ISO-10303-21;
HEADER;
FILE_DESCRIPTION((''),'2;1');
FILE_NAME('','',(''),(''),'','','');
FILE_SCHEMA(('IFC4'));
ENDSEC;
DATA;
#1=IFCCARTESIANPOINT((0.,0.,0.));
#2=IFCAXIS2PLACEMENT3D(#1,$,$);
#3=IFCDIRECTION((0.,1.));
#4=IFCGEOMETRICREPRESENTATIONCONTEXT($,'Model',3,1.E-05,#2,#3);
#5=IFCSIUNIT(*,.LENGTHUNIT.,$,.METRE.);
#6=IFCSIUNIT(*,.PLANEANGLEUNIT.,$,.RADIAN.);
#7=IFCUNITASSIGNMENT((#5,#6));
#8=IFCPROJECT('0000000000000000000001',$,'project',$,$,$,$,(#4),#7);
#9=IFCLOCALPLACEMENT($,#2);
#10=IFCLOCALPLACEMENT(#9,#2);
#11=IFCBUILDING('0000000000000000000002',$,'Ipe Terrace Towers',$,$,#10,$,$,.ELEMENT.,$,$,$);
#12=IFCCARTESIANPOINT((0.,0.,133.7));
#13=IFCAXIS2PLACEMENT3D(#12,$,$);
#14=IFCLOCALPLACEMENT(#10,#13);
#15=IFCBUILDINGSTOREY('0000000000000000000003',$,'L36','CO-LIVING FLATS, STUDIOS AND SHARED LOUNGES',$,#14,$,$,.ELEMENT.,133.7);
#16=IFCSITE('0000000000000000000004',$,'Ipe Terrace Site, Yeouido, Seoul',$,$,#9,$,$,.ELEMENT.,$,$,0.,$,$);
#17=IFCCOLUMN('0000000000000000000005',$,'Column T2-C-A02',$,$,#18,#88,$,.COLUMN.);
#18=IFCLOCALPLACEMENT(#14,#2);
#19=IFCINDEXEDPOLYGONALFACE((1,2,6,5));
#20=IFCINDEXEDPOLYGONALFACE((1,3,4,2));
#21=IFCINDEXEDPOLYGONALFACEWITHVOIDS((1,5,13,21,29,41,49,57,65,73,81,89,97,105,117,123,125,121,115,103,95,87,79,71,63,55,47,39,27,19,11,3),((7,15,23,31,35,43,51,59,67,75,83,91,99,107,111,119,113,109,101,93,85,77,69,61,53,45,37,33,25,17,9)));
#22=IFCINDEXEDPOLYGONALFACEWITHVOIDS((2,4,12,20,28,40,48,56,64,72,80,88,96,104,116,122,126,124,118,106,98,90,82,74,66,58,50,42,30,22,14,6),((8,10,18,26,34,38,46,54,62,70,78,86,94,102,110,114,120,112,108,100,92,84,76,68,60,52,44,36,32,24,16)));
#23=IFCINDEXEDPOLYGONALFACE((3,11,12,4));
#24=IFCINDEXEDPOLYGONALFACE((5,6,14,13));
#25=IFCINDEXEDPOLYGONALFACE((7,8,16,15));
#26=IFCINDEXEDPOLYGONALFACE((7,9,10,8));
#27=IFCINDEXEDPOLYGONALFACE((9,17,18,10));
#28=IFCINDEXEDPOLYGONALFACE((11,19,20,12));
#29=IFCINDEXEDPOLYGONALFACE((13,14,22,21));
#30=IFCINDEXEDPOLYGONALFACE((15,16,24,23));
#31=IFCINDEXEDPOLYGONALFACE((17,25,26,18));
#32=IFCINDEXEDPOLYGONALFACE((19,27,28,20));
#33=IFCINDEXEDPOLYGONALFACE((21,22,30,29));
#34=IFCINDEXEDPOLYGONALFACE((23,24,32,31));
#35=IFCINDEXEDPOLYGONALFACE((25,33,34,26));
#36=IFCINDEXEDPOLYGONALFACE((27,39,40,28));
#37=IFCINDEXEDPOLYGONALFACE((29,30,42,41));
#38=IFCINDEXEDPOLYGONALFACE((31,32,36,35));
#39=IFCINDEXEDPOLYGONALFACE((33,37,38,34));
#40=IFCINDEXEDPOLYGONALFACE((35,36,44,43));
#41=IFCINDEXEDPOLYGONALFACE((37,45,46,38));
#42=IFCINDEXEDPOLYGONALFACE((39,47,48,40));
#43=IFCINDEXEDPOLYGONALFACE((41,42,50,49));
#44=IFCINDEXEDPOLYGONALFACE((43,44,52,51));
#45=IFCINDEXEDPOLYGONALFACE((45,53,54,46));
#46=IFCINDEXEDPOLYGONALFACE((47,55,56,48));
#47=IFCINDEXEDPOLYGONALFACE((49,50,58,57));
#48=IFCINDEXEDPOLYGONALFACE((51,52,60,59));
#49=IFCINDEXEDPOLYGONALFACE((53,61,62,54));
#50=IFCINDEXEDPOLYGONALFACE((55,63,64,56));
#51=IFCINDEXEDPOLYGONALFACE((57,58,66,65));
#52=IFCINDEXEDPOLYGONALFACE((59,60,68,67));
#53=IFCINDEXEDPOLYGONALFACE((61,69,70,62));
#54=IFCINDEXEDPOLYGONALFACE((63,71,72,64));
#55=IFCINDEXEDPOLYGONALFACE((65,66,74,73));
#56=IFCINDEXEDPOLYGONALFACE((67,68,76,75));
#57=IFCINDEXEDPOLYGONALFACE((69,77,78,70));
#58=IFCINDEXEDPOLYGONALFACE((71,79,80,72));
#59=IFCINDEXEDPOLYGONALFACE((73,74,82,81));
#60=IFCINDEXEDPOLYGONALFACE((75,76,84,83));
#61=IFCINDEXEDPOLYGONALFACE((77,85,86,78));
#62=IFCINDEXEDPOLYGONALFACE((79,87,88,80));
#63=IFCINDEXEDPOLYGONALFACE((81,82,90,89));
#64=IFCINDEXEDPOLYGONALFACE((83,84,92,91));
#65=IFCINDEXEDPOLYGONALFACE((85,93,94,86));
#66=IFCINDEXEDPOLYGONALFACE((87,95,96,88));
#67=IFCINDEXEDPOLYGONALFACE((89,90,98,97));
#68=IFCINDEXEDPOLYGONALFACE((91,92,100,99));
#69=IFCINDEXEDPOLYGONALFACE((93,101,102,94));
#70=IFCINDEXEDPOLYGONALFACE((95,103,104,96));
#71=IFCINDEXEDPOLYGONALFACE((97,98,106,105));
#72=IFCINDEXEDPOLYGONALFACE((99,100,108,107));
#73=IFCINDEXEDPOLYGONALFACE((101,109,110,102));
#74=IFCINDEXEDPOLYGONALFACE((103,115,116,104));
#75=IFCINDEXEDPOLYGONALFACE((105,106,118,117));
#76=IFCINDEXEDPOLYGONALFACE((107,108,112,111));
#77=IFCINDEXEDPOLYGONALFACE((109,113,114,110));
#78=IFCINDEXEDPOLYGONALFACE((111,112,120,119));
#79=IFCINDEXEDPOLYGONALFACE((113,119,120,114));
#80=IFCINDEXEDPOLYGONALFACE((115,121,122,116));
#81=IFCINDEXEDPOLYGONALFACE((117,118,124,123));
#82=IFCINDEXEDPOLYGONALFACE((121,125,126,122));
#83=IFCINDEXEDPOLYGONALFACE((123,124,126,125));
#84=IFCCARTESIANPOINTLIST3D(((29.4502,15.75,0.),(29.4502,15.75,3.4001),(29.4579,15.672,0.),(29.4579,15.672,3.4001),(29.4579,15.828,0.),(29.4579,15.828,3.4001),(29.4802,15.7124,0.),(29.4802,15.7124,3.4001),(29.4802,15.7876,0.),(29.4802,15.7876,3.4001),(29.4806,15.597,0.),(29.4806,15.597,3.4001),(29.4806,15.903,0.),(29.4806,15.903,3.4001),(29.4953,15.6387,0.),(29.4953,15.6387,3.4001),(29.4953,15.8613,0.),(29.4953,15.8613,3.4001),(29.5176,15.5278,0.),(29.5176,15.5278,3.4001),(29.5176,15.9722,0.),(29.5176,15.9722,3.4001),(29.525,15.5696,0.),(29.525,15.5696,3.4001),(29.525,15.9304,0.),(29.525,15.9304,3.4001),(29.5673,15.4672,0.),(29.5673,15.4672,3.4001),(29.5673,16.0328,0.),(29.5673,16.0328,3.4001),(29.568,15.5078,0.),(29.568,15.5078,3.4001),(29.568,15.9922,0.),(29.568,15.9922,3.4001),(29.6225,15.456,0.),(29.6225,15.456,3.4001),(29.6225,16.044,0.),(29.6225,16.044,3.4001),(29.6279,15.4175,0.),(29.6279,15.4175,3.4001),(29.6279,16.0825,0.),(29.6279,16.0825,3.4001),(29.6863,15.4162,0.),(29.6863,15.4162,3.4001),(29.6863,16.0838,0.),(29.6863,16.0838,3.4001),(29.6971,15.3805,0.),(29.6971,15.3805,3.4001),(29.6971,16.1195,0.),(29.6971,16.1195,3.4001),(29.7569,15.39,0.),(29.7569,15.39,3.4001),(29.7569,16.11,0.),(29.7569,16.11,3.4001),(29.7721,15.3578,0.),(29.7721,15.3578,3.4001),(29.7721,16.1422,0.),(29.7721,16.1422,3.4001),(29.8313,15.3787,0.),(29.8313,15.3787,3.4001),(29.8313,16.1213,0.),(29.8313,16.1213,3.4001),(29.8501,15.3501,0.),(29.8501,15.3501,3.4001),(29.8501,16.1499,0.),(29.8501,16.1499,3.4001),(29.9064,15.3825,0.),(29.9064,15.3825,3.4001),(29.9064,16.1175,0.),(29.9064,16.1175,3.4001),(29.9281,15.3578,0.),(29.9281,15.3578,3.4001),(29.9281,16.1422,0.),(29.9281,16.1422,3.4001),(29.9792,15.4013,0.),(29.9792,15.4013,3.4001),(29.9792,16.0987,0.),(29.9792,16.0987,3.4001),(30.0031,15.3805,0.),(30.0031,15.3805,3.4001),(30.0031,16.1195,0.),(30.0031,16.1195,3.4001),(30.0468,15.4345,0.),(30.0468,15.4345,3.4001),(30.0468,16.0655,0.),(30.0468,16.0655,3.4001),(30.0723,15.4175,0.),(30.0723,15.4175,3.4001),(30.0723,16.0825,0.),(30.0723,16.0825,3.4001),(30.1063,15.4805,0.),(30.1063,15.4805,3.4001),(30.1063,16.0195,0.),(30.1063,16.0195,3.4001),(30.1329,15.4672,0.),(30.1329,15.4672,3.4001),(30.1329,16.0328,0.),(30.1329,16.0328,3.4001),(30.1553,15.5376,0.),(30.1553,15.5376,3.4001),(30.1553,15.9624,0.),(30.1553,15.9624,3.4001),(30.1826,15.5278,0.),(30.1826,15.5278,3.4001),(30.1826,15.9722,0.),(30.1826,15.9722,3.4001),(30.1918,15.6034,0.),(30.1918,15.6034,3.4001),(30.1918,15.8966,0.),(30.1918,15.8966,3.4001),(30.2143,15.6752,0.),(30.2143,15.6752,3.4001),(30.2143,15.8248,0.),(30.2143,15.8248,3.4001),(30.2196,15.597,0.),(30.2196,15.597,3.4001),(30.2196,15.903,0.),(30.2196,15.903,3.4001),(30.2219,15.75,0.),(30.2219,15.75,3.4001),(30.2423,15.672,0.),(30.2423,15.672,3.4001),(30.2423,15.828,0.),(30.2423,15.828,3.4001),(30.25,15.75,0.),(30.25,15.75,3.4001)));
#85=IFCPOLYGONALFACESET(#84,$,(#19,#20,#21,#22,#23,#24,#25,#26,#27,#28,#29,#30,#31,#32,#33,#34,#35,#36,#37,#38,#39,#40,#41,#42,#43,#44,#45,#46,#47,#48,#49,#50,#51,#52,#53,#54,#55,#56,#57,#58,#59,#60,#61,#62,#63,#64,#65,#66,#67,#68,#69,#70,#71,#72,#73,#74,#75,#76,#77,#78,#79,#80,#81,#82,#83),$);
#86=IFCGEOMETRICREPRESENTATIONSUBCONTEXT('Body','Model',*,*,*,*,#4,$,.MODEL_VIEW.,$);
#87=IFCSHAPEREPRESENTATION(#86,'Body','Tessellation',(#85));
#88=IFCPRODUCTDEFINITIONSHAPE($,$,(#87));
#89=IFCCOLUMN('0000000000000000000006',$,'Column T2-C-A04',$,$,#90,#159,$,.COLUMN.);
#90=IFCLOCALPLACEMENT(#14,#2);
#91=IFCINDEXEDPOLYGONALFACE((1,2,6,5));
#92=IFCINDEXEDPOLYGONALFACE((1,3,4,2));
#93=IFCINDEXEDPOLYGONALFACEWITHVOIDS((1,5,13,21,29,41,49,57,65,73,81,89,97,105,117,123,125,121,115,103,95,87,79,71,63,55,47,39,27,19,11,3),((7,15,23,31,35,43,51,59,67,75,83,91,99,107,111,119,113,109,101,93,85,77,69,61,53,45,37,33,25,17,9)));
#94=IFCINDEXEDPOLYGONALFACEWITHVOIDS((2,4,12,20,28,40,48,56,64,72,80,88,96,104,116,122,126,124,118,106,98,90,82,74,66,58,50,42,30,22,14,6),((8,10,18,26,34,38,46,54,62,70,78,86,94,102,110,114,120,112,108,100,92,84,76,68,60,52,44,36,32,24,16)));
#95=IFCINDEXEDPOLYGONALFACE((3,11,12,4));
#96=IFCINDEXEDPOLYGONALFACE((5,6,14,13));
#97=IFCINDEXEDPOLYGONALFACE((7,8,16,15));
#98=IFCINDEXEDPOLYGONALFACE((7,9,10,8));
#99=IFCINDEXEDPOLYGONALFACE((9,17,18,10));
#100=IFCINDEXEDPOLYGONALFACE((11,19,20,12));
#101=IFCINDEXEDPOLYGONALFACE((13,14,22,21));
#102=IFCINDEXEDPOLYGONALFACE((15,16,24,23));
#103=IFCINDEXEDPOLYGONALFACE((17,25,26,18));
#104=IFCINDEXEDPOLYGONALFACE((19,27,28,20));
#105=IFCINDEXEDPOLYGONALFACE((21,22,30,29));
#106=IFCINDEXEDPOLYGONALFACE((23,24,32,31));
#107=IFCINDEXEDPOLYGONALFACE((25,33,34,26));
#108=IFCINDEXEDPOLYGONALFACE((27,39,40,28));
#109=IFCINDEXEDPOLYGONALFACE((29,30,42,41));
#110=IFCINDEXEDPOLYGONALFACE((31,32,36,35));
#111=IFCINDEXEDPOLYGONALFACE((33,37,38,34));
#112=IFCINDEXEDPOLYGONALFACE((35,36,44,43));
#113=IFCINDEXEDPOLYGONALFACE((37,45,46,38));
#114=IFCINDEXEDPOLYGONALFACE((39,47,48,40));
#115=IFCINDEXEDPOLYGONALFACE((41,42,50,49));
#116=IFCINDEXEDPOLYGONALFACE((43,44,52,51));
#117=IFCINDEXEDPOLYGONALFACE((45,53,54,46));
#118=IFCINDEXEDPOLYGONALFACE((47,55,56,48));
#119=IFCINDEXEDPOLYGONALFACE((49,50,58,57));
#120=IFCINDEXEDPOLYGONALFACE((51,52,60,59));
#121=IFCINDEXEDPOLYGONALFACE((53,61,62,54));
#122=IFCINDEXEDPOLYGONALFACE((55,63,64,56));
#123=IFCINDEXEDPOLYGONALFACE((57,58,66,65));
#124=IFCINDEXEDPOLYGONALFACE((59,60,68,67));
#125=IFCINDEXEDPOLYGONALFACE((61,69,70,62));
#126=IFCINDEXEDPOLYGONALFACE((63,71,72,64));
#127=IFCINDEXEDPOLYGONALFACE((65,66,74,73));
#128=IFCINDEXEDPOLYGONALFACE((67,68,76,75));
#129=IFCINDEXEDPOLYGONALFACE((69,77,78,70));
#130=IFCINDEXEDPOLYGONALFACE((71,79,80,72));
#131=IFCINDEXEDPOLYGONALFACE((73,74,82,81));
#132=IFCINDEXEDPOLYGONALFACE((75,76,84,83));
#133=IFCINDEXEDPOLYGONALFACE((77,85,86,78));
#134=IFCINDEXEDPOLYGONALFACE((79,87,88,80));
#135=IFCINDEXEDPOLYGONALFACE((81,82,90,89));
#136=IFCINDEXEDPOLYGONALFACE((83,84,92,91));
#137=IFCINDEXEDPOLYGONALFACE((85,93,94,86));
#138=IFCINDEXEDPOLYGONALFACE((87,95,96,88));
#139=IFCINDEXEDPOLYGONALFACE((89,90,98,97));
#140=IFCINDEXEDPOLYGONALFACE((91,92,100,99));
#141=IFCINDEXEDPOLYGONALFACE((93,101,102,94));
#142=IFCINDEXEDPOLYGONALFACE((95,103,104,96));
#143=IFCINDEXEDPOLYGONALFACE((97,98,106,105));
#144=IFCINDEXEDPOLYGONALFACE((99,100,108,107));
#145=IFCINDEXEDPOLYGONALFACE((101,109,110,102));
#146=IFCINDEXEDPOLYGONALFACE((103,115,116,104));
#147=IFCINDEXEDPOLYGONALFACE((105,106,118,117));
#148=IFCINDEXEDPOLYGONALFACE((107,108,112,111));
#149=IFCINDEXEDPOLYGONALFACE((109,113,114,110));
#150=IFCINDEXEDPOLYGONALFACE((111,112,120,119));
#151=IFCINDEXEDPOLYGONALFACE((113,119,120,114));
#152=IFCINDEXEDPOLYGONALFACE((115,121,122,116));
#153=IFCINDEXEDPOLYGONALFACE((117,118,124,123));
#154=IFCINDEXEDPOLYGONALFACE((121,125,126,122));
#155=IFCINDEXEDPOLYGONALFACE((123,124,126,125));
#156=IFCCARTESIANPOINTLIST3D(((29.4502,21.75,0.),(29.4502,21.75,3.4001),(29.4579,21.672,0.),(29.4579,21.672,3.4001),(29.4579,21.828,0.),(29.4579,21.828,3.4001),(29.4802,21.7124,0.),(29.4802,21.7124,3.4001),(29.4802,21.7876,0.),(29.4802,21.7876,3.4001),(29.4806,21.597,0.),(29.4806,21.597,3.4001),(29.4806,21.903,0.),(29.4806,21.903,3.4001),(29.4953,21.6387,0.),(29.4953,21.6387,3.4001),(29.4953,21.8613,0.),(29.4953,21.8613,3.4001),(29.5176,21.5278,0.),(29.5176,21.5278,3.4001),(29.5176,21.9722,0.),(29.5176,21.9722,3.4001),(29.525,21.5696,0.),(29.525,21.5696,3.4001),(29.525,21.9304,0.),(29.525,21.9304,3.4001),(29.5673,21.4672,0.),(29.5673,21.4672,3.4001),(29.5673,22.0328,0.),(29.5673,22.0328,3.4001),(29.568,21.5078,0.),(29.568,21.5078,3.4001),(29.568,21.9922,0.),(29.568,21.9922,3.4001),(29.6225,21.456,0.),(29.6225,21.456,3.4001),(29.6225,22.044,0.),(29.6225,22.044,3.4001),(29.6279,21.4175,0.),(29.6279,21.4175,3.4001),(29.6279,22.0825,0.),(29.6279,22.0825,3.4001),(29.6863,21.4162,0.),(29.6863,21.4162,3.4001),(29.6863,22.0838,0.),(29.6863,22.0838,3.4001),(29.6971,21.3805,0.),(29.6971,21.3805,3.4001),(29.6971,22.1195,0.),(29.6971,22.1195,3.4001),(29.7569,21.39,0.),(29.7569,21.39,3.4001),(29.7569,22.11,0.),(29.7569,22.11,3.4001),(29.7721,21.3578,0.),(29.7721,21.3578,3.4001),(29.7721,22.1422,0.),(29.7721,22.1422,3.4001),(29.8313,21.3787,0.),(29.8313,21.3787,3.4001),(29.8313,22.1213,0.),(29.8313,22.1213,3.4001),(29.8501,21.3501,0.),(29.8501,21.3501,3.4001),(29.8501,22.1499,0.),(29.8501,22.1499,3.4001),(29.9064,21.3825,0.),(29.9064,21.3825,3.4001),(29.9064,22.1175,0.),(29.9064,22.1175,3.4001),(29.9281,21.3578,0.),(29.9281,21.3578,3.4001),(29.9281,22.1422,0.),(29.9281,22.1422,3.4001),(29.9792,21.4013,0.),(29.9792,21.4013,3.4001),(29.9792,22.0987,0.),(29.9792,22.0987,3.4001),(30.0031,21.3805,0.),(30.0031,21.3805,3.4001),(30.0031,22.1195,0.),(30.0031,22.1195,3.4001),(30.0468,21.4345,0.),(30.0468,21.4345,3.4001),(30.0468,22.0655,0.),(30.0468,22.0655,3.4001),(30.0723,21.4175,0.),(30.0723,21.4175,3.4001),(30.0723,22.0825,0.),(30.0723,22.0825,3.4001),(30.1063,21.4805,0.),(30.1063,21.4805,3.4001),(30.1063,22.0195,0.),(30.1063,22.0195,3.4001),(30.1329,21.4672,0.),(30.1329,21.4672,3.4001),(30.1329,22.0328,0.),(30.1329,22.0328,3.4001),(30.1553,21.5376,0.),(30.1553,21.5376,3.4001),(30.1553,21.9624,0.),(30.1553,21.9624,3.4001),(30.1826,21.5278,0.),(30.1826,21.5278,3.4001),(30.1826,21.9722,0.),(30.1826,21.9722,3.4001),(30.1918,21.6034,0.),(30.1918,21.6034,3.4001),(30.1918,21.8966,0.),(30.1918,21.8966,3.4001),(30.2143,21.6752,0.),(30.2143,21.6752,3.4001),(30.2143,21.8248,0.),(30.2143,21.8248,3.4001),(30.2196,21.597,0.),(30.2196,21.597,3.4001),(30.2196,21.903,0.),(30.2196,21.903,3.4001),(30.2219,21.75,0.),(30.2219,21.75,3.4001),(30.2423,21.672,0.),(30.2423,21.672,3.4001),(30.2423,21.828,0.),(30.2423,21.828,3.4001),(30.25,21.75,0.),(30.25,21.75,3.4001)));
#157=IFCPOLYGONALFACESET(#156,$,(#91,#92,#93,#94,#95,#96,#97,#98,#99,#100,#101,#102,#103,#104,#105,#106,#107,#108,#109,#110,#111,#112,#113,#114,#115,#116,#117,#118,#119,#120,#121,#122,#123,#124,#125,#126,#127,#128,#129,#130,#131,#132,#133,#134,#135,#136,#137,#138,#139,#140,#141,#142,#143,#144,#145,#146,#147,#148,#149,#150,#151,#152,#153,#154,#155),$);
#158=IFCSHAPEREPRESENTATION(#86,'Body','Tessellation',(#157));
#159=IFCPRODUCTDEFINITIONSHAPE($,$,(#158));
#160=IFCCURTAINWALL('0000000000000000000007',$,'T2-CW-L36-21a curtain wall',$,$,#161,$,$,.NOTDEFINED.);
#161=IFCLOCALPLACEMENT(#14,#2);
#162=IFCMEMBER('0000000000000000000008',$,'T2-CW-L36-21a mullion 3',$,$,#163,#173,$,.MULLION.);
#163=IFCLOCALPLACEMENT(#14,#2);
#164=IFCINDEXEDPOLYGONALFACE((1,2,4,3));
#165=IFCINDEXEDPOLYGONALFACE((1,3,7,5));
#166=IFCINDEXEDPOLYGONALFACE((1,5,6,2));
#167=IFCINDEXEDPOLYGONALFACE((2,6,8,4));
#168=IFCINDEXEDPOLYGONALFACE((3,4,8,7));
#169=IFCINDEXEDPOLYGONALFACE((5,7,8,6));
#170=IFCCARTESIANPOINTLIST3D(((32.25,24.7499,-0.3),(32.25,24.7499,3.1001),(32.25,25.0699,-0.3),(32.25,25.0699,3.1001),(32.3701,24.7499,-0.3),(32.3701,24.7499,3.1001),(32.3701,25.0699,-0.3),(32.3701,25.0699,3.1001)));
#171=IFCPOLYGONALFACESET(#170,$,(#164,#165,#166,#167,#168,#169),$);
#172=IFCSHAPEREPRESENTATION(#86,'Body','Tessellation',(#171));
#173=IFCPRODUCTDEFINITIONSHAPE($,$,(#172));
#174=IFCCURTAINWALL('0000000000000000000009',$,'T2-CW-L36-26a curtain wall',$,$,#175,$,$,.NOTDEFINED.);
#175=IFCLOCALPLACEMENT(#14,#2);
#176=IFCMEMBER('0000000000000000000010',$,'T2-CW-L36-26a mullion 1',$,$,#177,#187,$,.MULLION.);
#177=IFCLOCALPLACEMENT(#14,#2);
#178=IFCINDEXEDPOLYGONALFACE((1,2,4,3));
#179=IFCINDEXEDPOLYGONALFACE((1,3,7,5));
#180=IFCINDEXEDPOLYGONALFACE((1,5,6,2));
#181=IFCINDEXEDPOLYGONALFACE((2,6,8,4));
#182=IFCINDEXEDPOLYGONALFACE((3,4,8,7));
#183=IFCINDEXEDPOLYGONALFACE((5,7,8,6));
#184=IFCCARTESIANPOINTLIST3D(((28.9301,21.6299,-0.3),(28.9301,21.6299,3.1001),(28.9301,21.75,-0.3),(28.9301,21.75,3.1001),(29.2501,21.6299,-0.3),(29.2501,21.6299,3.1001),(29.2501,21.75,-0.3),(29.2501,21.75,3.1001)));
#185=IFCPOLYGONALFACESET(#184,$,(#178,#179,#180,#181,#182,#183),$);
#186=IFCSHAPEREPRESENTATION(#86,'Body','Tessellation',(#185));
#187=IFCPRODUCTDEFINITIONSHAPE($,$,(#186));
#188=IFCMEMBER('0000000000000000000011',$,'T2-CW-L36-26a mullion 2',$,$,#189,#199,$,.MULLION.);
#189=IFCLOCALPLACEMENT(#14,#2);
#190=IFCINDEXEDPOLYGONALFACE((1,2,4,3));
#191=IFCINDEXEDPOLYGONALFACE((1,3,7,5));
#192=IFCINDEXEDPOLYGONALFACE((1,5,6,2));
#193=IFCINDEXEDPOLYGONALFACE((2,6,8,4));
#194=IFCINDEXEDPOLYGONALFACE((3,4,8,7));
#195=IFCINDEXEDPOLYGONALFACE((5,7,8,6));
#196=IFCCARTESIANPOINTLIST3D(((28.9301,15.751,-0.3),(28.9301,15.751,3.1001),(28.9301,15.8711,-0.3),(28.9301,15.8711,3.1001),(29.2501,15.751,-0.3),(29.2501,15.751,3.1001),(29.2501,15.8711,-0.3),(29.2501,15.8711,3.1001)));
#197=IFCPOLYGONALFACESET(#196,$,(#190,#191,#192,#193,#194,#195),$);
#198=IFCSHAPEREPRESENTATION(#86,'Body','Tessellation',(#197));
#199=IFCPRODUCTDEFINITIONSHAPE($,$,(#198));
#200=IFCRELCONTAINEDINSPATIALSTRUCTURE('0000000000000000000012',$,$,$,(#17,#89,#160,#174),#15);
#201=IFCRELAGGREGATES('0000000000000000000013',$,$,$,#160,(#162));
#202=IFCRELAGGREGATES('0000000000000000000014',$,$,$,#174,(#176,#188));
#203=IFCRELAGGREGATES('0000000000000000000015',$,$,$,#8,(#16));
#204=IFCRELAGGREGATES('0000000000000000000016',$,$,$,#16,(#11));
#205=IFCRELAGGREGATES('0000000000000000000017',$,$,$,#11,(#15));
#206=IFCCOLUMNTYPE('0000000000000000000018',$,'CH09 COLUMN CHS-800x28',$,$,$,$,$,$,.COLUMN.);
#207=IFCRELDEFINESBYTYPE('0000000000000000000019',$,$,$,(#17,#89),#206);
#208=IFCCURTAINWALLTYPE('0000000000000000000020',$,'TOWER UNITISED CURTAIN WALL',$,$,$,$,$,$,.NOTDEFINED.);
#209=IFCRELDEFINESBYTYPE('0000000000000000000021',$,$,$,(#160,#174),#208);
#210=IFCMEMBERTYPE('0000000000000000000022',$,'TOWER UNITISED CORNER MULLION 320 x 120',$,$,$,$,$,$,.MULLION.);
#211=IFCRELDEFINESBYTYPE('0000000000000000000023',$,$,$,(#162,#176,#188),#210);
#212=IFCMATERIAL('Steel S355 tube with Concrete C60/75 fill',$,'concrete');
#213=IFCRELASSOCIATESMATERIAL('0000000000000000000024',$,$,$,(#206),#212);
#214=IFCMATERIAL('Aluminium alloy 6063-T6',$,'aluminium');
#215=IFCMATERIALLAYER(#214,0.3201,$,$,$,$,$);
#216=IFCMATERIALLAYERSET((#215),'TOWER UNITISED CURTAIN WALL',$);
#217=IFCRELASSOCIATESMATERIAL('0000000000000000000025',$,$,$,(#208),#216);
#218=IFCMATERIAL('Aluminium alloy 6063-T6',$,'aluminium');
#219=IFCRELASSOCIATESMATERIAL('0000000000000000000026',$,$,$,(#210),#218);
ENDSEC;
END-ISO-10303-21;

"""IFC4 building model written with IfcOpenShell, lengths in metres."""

from ifc_helpers import new_model, si_unit, direction, frame, origin, origin_2d, place, context, subcontext, project, spatial, rectangle, hollow_circle, extrude, material, layer, layer_set, material_profile, profile_set, type_object, element, aggregate, save


model = new_model("IFC4")

# Units and contexts
model_context = context("Model", 3, precision=1e-05, world=origin(), true_north=direction((0.0, 1.0)))
body_context = subcontext(model_context, "Body", "Model", "MODEL_VIEW")
ifc_project = project(units=[si_unit("LENGTHUNIT", "METRE"), si_unit("PLANEANGLEUNIT", "RADIAN")], contexts=[model_context])

# Site, building, storey
site_placement = place(None, origin())
site = spatial("IfcSite", under=ifc_project, at=site_placement, Name="Ipe Terrace Site, Yeouido, Seoul", CompositionType="ELEMENT", RefElevation=0.0)
building_placement = place(site_placement, origin())
building = spatial("IfcBuilding", under=site, at=building_placement, Name="Ipe Terrace Towers", CompositionType="ELEMENT")
storey_placement = place(building_placement, frame((0.0, 0.0, 133.7)))
storey = spatial("IfcBuildingStorey", under=building, at=storey_placement, Name="L36", Description="CO-LIVING FLATS, STUDIOS AND SHARED LOUNGES", CompositionType="ELEMENT", Elevation=133.7)

# Columns
ifc_material_1 = material(Name="Steel S355 tube with Concrete C60/75 fill", Category="concrete")
ifc_material_profile_1 = material_profile(ifc_material_1, hollow_circle(Radius=0.3999, WallThickness=0.0281, at=origin_2d()), Name="CHS-800x28")
ifc_profile_set_1 = profile_set([ifc_material_profile_1], Name="Steel S355 tube with Concrete C60/75 fill")
column_type = type_object("IfcColumnType", Name="CH09 COLUMN CHS-800x28", PredefinedType="COLUMN", material=ifc_profile_set_1)
for number, where, z_axis, x_axis, name in (
    (1, (29.8501, 15.75, 0.0), (0.0, 0.0, 1.0), (1.0, 0.0, 0.0), "Column T2-C-A02"),
    (2, (29.8501, 21.75, 0.0), (0.0, 0.0, 1.0), (1.0, 0.0, 0.0), "Column T2-C-A04"),
):
    element("IfcColumn", number, at=place(storey_placement, frame(where, z_axis=z_axis, x_axis=x_axis)), inside=storey, type_object=column_type, Name=name, PredefinedType="COLUMN", context=body_context, shape_type="SweptSolid", body=[
        extrude(hollow_circle(Radius=0.3999, WallThickness=0.0281, at=origin_2d()), origin(), (0.0, 0.0, 1.0), 3.4001),
    ])

# Curtain wall, member
ifc_material_2 = material(Name="Aluminium alloy 6063-T6", Category="aluminium")
ifc_layer_1 = layer(ifc_material_2, 0.3201)
ifc_layer_set_1 = layer_set([ifc_layer_1], Name="TOWER UNITISED CURTAIN WALL")
curtain_wall_type = type_object("IfcCurtainWallType", Name="TOWER UNITISED CURTAIN WALL", PredefinedType="NOTDEFINED", material=ifc_layer_set_1)
curtain_wall_1_placement = place(storey_placement, origin())
curtain_wall_1 = element("IfcCurtainWall", 3, at=curtain_wall_1_placement, inside=storey, type_object=curtain_wall_type, Name="T2-CW-L36-21a curtain wall", PredefinedType="NOTDEFINED")
ifc_material_3 = material(Name="Aluminium alloy 6063-T6", Category="aluminium")
ifc_material_profile_2 = material_profile(ifc_material_3, rectangle(XDim=0.3201, YDim=0.1201, at=origin_2d()), Name="TOWER UNITISED CORNER MULLION 320 x 120")
ifc_profile_set_2 = profile_set([ifc_material_profile_2], Name="Aluminium alloy 6063-T6")
member_type = type_object("IfcMemberType", Name="TOWER UNITISED CORNER MULLION 320 x 120", PredefinedType="MULLION", material=ifc_profile_set_2)
member_1_placement = place(storey_placement, frame((32.3101, 24.9099, -0.3), z_axis=(0.0, 0.0, 1.0), x_axis=(0.0, 1.0, 0.0)))
member_1 = element("IfcMember", 4, at=member_1_placement, type_object=member_type, Name="T2-CW-L36-21a mullion 3", PredefinedType="MULLION", context=body_context, shape_type="SweptSolid", body=[
    extrude(rectangle(XDim=0.3201, YDim=0.1201, at=origin_2d()), origin(), (0.0, 0.0, 1.0), 3.4001),
])

# Curtain wall, members
curtain_wall_2_placement = place(storey_placement, origin())
curtain_wall_2 = element("IfcCurtainWall", 5, at=curtain_wall_2_placement, inside=storey, type_object=curtain_wall_type, Name="T2-CW-L36-26a curtain wall", PredefinedType="NOTDEFINED")
member_2_placement = place(storey_placement, frame((29.0901, 21.6899, -0.3), z_axis=(0.0, 0.0, 1.0), x_axis=(-1.0, 0.0, 0.0)))
member_2 = element("IfcMember", 6, at=member_2_placement, type_object=member_type, Name="T2-CW-L36-26a mullion 1", PredefinedType="MULLION", context=body_context, shape_type="SweptSolid", body=[
    extrude(rectangle(XDim=0.3201, YDim=0.1201, at=origin_2d()), origin(), (0.0, 0.0, 1.0), 3.4001),
])
member_3_placement = place(storey_placement, frame((29.0901, 15.811, -0.3), z_axis=(0.0, 0.0, 1.0), x_axis=(-1.0, 0.0, 0.0)))
member_3 = element("IfcMember", 7, at=member_3_placement, type_object=member_type, Name="T2-CW-L36-26a mullion 2", PredefinedType="MULLION", context=body_context, shape_type="SweptSolid", body=[
    extrude(rectangle(XDim=0.3201, YDim=0.1201, at=origin_2d()), origin(), (0.0, 0.0, 1.0), 3.4001),
])

aggregate(curtain_wall_1, [member_1])
aggregate(curtain_wall_2, [member_2, member_3])

save(model, "model.ifc")
